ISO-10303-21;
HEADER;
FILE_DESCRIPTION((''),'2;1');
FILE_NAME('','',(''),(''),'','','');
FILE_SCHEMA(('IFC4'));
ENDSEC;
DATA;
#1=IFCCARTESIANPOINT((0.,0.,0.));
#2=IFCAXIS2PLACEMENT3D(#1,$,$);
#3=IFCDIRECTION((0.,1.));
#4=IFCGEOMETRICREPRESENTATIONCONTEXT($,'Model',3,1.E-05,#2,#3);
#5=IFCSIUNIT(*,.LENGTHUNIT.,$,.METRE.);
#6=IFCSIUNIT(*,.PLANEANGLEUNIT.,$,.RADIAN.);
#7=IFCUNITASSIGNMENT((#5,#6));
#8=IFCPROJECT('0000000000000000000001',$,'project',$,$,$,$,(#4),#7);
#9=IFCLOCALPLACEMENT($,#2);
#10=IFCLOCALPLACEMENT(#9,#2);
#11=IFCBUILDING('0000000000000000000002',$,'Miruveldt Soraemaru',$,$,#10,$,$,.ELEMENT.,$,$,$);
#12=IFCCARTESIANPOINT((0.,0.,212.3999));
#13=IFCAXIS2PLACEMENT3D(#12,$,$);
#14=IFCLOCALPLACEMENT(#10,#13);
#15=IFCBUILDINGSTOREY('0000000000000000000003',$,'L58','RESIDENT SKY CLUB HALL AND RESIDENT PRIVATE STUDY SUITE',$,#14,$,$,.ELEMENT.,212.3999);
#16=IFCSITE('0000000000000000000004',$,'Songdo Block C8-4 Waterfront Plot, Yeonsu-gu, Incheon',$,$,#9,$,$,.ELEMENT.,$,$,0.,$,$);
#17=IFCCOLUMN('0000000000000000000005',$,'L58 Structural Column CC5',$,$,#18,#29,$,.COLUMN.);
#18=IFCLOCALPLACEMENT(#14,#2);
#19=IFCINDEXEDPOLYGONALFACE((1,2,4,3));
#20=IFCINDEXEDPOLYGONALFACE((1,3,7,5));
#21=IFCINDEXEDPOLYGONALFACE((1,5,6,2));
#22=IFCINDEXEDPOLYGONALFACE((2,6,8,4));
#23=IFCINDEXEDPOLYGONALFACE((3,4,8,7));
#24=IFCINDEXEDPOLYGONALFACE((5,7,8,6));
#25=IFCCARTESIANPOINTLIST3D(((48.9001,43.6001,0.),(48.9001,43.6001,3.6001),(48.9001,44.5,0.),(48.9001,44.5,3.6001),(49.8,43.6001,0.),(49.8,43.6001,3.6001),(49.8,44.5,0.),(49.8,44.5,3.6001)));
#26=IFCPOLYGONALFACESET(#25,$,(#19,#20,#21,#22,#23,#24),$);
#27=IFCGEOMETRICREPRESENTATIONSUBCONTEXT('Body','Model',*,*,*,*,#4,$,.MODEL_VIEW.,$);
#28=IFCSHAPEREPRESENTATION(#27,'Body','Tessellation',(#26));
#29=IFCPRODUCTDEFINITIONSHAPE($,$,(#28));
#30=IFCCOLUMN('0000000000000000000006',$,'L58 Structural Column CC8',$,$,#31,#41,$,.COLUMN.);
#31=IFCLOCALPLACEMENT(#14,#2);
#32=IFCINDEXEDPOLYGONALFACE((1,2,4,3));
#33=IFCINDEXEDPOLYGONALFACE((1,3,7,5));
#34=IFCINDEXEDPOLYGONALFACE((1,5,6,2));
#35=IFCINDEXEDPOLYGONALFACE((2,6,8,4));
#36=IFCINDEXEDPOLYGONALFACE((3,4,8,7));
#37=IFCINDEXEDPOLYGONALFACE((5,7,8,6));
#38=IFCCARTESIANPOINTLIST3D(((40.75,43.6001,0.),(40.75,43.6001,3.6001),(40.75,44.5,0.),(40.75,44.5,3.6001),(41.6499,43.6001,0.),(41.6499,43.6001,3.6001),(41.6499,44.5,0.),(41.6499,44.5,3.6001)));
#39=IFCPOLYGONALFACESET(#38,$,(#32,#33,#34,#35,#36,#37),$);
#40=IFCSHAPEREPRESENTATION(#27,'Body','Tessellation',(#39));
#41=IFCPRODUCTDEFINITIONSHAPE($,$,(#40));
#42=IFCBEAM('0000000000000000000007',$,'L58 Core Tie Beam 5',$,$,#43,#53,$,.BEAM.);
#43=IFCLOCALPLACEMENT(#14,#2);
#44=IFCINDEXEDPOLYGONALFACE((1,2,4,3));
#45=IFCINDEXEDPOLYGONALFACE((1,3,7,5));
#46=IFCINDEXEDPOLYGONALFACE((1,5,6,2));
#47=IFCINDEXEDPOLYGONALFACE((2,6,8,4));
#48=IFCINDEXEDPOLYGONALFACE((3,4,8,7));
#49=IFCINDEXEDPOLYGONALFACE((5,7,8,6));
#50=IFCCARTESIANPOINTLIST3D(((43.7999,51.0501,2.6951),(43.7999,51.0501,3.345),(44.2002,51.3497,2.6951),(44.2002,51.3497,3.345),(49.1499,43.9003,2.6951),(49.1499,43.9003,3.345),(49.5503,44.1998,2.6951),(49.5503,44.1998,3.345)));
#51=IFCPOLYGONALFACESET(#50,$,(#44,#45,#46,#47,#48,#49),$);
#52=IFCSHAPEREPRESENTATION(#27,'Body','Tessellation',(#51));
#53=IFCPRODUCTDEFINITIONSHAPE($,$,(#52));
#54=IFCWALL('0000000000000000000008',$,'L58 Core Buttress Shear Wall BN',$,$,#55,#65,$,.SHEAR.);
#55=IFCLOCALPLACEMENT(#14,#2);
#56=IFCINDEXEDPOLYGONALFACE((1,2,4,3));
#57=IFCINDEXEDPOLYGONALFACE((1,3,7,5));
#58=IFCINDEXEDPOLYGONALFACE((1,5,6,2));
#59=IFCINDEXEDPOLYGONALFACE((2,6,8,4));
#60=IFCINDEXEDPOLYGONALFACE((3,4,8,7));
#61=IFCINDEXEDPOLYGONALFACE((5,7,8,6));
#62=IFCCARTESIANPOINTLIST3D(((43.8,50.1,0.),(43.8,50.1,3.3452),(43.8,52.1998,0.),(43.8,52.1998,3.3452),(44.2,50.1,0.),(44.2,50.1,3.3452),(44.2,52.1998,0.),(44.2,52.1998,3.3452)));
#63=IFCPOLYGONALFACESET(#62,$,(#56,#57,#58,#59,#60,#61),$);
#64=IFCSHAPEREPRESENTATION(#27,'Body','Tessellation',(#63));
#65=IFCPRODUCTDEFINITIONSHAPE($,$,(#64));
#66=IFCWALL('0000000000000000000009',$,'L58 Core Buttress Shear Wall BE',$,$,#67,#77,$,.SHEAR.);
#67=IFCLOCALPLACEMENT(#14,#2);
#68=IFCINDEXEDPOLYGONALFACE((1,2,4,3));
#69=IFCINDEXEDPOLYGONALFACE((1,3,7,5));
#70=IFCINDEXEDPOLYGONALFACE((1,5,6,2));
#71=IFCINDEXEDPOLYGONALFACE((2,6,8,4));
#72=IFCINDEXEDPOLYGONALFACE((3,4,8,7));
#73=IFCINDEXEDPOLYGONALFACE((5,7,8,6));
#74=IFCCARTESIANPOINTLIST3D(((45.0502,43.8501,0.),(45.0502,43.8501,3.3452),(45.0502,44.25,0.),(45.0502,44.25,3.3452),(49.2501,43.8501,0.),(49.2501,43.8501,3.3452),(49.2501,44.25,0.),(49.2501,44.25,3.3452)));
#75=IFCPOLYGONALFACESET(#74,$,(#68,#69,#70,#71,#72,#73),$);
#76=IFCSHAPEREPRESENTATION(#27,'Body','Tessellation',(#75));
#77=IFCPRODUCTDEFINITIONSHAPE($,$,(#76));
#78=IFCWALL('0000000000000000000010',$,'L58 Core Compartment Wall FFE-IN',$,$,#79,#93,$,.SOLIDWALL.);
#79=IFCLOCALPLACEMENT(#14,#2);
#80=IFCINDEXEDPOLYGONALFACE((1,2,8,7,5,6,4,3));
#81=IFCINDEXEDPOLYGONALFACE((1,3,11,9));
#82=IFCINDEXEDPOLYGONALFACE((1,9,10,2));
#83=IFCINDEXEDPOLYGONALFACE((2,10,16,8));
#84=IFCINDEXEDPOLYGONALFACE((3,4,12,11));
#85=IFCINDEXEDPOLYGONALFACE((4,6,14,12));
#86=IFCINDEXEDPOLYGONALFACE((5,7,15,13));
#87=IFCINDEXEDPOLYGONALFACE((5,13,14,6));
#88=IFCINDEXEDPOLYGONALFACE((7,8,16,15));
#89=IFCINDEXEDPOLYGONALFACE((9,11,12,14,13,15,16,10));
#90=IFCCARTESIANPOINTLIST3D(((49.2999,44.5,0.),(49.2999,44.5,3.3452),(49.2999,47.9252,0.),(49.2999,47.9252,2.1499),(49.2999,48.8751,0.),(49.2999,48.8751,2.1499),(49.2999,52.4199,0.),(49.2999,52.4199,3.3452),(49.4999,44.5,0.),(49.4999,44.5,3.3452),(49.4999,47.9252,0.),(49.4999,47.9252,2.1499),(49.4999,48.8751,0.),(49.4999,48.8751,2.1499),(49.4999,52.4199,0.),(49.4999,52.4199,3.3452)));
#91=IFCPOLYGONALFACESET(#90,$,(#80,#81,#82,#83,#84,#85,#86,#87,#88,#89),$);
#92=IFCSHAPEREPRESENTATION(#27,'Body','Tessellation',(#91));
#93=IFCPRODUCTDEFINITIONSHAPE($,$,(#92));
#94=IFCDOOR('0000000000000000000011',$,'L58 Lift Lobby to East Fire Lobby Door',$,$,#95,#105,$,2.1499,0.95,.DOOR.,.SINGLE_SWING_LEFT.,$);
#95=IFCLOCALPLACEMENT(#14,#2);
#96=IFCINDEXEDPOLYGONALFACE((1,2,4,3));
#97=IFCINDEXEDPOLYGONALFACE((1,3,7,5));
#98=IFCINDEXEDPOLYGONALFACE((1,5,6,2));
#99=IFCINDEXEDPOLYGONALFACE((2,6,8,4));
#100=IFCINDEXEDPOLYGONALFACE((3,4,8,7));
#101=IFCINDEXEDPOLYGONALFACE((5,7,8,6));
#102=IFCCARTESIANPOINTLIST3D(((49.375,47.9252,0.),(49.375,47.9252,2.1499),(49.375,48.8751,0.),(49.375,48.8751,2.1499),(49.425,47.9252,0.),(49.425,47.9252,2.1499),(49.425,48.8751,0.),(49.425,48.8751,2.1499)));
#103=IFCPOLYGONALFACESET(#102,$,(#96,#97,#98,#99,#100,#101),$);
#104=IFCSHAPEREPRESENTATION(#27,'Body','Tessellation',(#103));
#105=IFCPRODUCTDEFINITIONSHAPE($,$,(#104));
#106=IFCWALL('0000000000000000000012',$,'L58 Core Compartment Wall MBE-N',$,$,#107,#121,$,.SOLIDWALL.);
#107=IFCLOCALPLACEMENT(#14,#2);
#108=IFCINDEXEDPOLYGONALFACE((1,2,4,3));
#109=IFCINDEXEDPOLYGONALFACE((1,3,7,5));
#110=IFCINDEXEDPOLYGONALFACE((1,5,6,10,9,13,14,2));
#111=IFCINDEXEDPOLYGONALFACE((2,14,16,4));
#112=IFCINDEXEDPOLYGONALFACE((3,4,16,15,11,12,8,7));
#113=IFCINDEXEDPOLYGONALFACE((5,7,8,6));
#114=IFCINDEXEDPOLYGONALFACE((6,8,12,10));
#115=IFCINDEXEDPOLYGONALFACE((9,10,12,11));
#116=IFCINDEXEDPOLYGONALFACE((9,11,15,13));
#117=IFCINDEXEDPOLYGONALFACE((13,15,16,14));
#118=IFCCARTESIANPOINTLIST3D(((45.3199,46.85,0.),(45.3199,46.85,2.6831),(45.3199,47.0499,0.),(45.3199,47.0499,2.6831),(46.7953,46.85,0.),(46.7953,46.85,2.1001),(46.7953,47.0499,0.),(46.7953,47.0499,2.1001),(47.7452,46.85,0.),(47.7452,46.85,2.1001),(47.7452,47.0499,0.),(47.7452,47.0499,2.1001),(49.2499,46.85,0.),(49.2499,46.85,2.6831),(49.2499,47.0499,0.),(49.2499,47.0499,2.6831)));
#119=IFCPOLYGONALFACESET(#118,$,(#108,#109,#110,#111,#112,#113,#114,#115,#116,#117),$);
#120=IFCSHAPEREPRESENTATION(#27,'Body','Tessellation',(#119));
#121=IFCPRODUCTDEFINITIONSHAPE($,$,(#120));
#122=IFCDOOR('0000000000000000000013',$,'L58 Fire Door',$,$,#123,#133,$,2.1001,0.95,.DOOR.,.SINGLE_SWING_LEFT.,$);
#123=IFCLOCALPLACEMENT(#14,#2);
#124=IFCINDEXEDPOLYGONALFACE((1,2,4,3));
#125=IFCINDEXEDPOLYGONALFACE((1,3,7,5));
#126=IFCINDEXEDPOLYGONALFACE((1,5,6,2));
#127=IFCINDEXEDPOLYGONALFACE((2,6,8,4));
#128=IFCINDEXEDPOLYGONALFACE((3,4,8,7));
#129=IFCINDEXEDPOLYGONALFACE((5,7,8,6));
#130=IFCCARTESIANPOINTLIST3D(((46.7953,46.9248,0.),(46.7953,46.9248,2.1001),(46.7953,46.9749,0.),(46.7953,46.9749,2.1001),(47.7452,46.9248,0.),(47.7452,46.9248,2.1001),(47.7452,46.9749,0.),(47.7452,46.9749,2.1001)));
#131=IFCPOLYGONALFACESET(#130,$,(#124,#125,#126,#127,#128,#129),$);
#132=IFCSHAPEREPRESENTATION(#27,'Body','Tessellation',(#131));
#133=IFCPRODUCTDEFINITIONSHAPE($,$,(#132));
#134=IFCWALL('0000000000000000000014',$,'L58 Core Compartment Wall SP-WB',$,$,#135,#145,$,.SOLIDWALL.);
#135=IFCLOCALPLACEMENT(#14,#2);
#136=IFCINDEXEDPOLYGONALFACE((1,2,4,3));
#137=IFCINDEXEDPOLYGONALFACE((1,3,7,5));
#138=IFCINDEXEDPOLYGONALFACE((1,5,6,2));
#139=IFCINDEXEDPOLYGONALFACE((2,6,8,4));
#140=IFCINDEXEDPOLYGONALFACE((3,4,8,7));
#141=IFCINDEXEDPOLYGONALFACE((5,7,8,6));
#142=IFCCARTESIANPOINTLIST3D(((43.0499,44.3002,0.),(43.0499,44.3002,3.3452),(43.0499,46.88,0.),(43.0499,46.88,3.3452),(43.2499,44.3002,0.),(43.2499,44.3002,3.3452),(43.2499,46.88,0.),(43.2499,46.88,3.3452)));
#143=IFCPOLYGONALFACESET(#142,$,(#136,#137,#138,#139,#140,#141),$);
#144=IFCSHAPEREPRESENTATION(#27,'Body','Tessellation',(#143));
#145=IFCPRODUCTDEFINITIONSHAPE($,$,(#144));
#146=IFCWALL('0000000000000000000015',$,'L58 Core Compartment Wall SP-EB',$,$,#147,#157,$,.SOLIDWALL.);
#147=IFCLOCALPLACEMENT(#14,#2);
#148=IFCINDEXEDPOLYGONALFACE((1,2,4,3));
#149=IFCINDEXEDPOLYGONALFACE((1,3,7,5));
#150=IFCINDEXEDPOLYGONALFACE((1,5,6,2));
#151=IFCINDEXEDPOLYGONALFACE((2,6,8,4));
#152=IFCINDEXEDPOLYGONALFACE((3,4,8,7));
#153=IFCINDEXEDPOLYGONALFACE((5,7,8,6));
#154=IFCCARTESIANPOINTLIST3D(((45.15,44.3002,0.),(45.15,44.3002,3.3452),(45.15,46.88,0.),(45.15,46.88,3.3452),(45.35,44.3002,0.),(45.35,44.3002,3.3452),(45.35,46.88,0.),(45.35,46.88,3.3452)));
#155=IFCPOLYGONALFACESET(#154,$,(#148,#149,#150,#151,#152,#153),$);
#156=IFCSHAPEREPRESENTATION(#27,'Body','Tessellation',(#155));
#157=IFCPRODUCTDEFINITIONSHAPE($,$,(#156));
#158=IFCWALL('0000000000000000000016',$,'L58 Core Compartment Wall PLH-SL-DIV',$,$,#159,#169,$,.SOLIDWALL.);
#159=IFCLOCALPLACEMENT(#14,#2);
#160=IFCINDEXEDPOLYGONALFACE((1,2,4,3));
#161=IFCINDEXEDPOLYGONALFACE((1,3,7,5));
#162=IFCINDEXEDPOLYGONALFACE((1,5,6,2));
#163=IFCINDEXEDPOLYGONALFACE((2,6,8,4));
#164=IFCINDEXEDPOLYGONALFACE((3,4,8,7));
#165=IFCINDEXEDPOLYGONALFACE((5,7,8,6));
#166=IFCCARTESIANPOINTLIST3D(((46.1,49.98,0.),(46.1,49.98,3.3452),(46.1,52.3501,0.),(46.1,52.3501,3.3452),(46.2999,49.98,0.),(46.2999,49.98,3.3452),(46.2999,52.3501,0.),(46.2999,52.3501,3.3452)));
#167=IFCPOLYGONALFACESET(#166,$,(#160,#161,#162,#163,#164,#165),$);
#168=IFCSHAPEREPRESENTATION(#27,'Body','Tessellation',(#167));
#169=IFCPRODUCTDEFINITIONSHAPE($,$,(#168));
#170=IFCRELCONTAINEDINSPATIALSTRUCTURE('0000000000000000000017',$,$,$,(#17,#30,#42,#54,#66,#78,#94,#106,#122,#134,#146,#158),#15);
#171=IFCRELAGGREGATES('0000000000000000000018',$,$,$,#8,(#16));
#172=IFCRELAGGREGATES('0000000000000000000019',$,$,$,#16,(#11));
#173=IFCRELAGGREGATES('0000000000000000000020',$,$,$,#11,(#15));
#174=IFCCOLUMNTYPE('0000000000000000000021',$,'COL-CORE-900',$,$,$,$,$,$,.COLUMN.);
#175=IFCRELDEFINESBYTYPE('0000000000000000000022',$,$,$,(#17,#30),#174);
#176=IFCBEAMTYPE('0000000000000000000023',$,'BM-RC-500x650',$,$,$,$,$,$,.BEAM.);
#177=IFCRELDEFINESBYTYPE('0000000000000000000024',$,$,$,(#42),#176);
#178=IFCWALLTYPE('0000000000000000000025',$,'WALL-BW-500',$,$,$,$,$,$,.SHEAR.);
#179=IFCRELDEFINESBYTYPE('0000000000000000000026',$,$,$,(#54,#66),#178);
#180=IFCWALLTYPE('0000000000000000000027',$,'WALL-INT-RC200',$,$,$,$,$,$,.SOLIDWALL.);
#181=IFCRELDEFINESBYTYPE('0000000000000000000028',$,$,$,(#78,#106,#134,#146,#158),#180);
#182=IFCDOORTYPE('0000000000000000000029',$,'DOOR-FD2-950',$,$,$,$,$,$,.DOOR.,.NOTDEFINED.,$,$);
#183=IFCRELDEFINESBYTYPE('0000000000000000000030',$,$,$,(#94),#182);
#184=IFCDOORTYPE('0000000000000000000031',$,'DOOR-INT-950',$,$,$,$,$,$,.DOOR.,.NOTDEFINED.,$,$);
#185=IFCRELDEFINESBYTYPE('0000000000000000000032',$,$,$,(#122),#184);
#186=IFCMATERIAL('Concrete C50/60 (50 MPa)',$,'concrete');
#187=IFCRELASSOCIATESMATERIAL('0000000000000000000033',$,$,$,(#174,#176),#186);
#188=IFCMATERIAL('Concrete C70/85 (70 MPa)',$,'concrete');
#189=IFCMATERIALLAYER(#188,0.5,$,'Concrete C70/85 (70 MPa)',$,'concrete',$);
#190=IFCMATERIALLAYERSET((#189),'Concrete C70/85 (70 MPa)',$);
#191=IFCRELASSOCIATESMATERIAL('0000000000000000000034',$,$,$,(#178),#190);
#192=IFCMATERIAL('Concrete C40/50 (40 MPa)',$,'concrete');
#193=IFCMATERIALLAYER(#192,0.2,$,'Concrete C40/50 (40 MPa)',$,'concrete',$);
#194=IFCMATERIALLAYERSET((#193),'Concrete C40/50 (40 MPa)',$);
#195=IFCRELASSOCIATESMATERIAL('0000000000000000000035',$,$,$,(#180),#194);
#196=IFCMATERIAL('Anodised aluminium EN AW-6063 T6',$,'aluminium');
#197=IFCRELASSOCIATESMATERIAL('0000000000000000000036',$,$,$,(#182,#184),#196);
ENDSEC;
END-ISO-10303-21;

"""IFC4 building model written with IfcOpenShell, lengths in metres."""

from ifc_helpers import new_model, si_unit, direction, frame, frame_2d, origin, origin_2d, place, context, subcontext, project, spatial, rectangle, extrude, material, layer, layer_set, material_profile, profile_set, type_object, element, fill, save


model = new_model("IFC4")

# Units and contexts
model_context = context("Model", 3, precision=1e-05, world=origin(), true_north=direction((0.0, 1.0)))
body_context = subcontext(model_context, "Body", "Model", "MODEL_VIEW")
ifc_project = project(units=[si_unit("LENGTHUNIT", "METRE"), si_unit("PLANEANGLEUNIT", "RADIAN")], contexts=[model_context])

# Site, building, storey
site_placement = place(None, origin())
site = spatial("IfcSite", under=ifc_project, at=site_placement, Name="Songdo Block C8-4 Waterfront Plot, Yeonsu-gu, Incheon", CompositionType="ELEMENT", RefElevation=0.0)
building_placement = place(site_placement, origin())
building = spatial("IfcBuilding", under=site, at=building_placement, Name="Miruveldt Soraemaru", CompositionType="ELEMENT")
storey_placement = place(building_placement, frame((0.0, 0.0, 212.3999)))
storey = spatial("IfcBuildingStorey", under=building, at=storey_placement, Name="L58", Description="RESIDENT SKY CLUB HALL AND RESIDENT PRIVATE STUDY SUITE", CompositionType="ELEMENT", Elevation=212.3999)

# Columns
ifc_material_1 = material(Name="Concrete C50/60 (50 MPa)", Category="concrete")
ifc_material_profile_1 = material_profile(ifc_material_1, rectangle(XDim=0.8999, YDim=0.8999, at=origin_2d()), Name="Concrete C50/60 (50 MPa)", Category="concrete")
ifc_profile_set_1 = profile_set([ifc_material_profile_1], Name="Concrete C50/60 (50 MPa)")
column_type = type_object("IfcColumnType", Name="COL-CORE-900", PredefinedType="COLUMN", material=ifc_profile_set_1)
for number, where, z_axis, x_axis, name in (
    (1, (49.3501, 44.05, 0.0), (0.0, 0.0, 1.0), (1.0, 0.0, 0.0), "L58 Structural Column CC5"),
    (2, (41.2, 44.05, 0.0), (0.0, 0.0, 1.0), (1.0, 0.0, 0.0), "L58 Structural Column CC8"),
):
    element("IfcColumn", number, at=place(storey_placement, frame(where, z_axis=z_axis, x_axis=x_axis)), inside=storey, type_object=column_type, Name=name, PredefinedType="COLUMN", context=body_context, shape_type="SweptSolid", body=[
        extrude(rectangle(XDim=0.8999, YDim=0.8999, at=origin_2d()), origin(), (0.0, 0.0, 1.0), 3.6001),
    ])

# Beam
ifc_material_profile_2 = material_profile(ifc_material_1, rectangle(XDim=0.5, YDim=0.6499, at=origin_2d()), Name="Concrete C50/60 (50 MPa)", Category="concrete")
ifc_profile_set_2 = profile_set([ifc_material_profile_2], Name="Concrete C50/60 (50 MPa)")
beam_type = type_object("IfcBeamType", Name="BM-RC-500x650", PredefinedType="BEAM", material=ifc_profile_set_2)
beam_placement = place(storey_placement, frame((49.3501, 44.05, 3.02), z_axis=(-0.599116, 0.800662, 0.0), x_axis=(-0.800662, -0.599116, 0.0)))
element("IfcBeam", 3, at=beam_placement, inside=storey, type_object=beam_type, Name="L58 Core Tie Beam 5", PredefinedType="BEAM", context=body_context, shape_type="SweptSolid", body=[
    extrude(rectangle(XDim=0.5, YDim=0.6499, at=origin_2d()), origin(), (0.0, 0.0, 1.0), 8.9299),
])

# Walls
ifc_material_2 = material(Name="Concrete C70/85 (70 MPa)", Category="concrete")
ifc_layer_1 = layer(ifc_material_2, 0.5, Name="Concrete C70/85 (70 MPa)", Category="concrete")
ifc_layer_set_1 = layer_set([ifc_layer_1], Name="Concrete C70/85 (70 MPa)")
wall_type_1 = type_object("IfcWallType", Name="WALL-BW-500", PredefinedType="SHEAR", material=ifc_layer_set_1)
wall_1_placement = place(storey_placement, frame((44.0, 50.1001, 0.0), z_axis=(0.0, 0.0, 1.0), x_axis=(0.0, 1.0, 0.0)))
element("IfcWall", 4, at=wall_1_placement, inside=storey, type_object=wall_type_1, Name="L58 Core Buttress Shear Wall BN", PredefinedType="SHEAR", context=body_context, shape_type="SweptSolid", body=[
    extrude(rectangle(XDim=2.0999, YDim=0.3999, at=frame_2d((1.0498, 0.0))), origin(), (0.0, 0.0, 1.0), 3.3452),
])
wall_2_placement = place(storey_placement, frame((45.05, 44.05, 0.0), z_axis=(0.0, 0.0, 1.0), x_axis=(1.0, 0.0, 0.0)))
element("IfcWall", 5, at=wall_2_placement, inside=storey, type_object=wall_type_1, Name="L58 Core Buttress Shear Wall BE", PredefinedType="SHEAR", context=body_context, shape_type="SweptSolid", body=[
    extrude(rectangle(XDim=4.2, YDim=0.3999, at=frame_2d((2.1001, 0.0))), origin(), (0.0, 0.0, 1.0), 3.3452),
])

# Wall, opening, door
ifc_material_3 = material(Name="Concrete C40/50 (40 MPa)", Category="concrete")
ifc_layer_2 = layer(ifc_material_3, 0.2, Name="Concrete C40/50 (40 MPa)", Category="concrete")
ifc_layer_set_2 = layer_set([ifc_layer_2], Name="Concrete C40/50 (40 MPa)")
wall_type_2 = type_object("IfcWallType", Name="WALL-INT-RC200", PredefinedType="SOLIDWALL", material=ifc_layer_set_2)
wall_3_placement = place(storey_placement, frame((49.3999, 44.5, 0.0), z_axis=(0.0, 0.0, 1.0), x_axis=(0.0, 1.0, 0.0)))
wall_3 = element("IfcWall", 6, at=wall_3_placement, inside=storey, type_object=wall_type_2, Name="L58 Core Compartment Wall FFE-IN", PredefinedType="SOLIDWALL", context=body_context, shape_type="SweptSolid", body=[
    extrude(rectangle(XDim=7.9199, YDim=0.2, at=frame_2d((3.96, 0.0))), origin(), (0.0, 0.0, 1.0), 3.3452),
])
opening_1_placement = place(wall_3_placement, frame((3.425, 0.0, 0.0)))
opening_1 = element("IfcOpeningElement", 7, at=opening_1_placement, cuts=wall_3, PredefinedType="OPENING", context=body_context, shape_type="SweptSolid", body=[
    extrude(rectangle(XDim=0.95, YDim=2.1499, at=frame_2d((0.4751, 1.075))), frame((0.0, 0.1099, 0.0), z_axis=(0.0, -1.0, 0.0), x_axis=(1.0, 0.0, 0.0)), (0.0, 0.0, 1.0), 0.22),
])
ifc_material_4 = material(Name="Anodised aluminium EN AW-6063 T6", Category="aluminium")
door_type_1 = type_object("IfcDoorType", Name="DOOR-FD2-950", OperationType="NOTDEFINED", PredefinedType="DOOR", material=ifc_material_4)
door_1_placement = place(opening_1_placement, origin())
door_1 = element("IfcDoor", 8, at=door_1_placement, inside=storey, type_object=door_type_1, Name="L58 Lift Lobby to East Fire Lobby Door", OperationType="SINGLE_SWING_LEFT", OverallHeight=2.1499, OverallWidth=0.95, PredefinedType="DOOR", context=body_context, shape_type="SweptSolid", body=[
    extrude(rectangle(XDim=0.95, YDim=2.1499, at=frame_2d((0.4751, 1.075))), frame((0.0, 0.0249, 0.0), z_axis=(0.0, -1.0, 0.0), x_axis=(1.0, 0.0, 0.0)), (0.0, 0.0, 1.0), 0.05),
])
fill(opening_1, door_1)

# Wall, opening, door
wall_4_placement = place(storey_placement, frame((45.3201, 46.95, 0.0), z_axis=(0.0, 0.0, 1.0), x_axis=(1.0, 0.0, 0.0)))
wall_4 = element("IfcWall", 9, at=wall_4_placement, inside=storey, type_object=wall_type_2, Name="L58 Core Compartment Wall MBE-N", PredefinedType="SOLIDWALL", context=body_context, shape_type="SweptSolid", body=[
    extrude(rectangle(XDim=3.9299, YDim=0.2, at=frame_2d((1.9648, 0.0))), origin(), (0.0, 0.0, 1.0), 2.6831),
])
opening_2_placement = place(wall_4_placement, frame((1.4751, 0.0, 0.0)))
opening_2 = element("IfcOpeningElement", 10, at=opening_2_placement, cuts=wall_4, PredefinedType="OPENING", context=body_context, shape_type="SweptSolid", body=[
    extrude(rectangle(XDim=0.95, YDim=2.1001, at=frame_2d((0.4751, 1.05))), frame((0.0, 0.1099, 0.0), z_axis=(0.0, -1.0, 0.0), x_axis=(1.0, 0.0, 0.0)), (0.0, 0.0, 1.0), 0.22),
])
door_type_2 = type_object("IfcDoorType", Name="DOOR-INT-950", OperationType="NOTDEFINED", PredefinedType="DOOR", material=ifc_material_4)
door_2_placement = place(opening_2_placement, origin())
door_2 = element("IfcDoor", 11, at=door_2_placement, inside=storey, type_object=door_type_2, Name="L58 Fire Door", OperationType="SINGLE_SWING_LEFT", OverallHeight=2.1001, OverallWidth=0.95, PredefinedType="DOOR", context=body_context, shape_type="SweptSolid", body=[
    extrude(rectangle(XDim=0.95, YDim=2.1001, at=frame_2d((0.4751, 1.05))), frame((0.0, 0.0249, 0.0), z_axis=(0.0, -1.0, 0.0), x_axis=(1.0, 0.0, 0.0)), (0.0, 0.0, 1.0), 0.05),
])
fill(opening_2, door_2)

# Walls
for number, where, z_axis, x_axis, name in (
    (12, (43.1499, 44.3, 0.0), (0.0, 0.0, 1.0), (0.0, 1.0, 0.0), "L58 Core Compartment Wall SP-WB"),
    (13, (45.25, 44.3, 0.0), (0.0, 0.0, 1.0), (0.0, 1.0, 0.0), "L58 Core Compartment Wall SP-EB"),
):
    element("IfcWall", number, at=place(storey_placement, frame(where, z_axis=z_axis, x_axis=x_axis)), inside=storey, type_object=wall_type_2, Name=name, PredefinedType="SOLIDWALL", context=body_context, shape_type="SweptSolid", body=[
        extrude(rectangle(XDim=2.5798, YDim=0.2, at=frame_2d((1.29, 0.0))), origin(), (0.0, 0.0, 1.0), 3.3452),
    ])
wall_5_placement = place(storey_placement, frame((46.2, 49.98, 0.0), z_axis=(0.0, 0.0, 1.0), x_axis=(0.0, 1.0, 0.0)))
element("IfcWall", 14, at=wall_5_placement, inside=storey, type_object=wall_type_2, Name="L58 Core Compartment Wall PLH-SL-DIV", PredefinedType="SOLIDWALL", context=body_context, shape_type="SweptSolid", body=[
    extrude(rectangle(XDim=2.3701, YDim=0.2, at=frame_2d((1.1851, 0.0))), origin(), (0.0, 0.0, 1.0), 3.3452),
])

save(model, "model.ifc")
